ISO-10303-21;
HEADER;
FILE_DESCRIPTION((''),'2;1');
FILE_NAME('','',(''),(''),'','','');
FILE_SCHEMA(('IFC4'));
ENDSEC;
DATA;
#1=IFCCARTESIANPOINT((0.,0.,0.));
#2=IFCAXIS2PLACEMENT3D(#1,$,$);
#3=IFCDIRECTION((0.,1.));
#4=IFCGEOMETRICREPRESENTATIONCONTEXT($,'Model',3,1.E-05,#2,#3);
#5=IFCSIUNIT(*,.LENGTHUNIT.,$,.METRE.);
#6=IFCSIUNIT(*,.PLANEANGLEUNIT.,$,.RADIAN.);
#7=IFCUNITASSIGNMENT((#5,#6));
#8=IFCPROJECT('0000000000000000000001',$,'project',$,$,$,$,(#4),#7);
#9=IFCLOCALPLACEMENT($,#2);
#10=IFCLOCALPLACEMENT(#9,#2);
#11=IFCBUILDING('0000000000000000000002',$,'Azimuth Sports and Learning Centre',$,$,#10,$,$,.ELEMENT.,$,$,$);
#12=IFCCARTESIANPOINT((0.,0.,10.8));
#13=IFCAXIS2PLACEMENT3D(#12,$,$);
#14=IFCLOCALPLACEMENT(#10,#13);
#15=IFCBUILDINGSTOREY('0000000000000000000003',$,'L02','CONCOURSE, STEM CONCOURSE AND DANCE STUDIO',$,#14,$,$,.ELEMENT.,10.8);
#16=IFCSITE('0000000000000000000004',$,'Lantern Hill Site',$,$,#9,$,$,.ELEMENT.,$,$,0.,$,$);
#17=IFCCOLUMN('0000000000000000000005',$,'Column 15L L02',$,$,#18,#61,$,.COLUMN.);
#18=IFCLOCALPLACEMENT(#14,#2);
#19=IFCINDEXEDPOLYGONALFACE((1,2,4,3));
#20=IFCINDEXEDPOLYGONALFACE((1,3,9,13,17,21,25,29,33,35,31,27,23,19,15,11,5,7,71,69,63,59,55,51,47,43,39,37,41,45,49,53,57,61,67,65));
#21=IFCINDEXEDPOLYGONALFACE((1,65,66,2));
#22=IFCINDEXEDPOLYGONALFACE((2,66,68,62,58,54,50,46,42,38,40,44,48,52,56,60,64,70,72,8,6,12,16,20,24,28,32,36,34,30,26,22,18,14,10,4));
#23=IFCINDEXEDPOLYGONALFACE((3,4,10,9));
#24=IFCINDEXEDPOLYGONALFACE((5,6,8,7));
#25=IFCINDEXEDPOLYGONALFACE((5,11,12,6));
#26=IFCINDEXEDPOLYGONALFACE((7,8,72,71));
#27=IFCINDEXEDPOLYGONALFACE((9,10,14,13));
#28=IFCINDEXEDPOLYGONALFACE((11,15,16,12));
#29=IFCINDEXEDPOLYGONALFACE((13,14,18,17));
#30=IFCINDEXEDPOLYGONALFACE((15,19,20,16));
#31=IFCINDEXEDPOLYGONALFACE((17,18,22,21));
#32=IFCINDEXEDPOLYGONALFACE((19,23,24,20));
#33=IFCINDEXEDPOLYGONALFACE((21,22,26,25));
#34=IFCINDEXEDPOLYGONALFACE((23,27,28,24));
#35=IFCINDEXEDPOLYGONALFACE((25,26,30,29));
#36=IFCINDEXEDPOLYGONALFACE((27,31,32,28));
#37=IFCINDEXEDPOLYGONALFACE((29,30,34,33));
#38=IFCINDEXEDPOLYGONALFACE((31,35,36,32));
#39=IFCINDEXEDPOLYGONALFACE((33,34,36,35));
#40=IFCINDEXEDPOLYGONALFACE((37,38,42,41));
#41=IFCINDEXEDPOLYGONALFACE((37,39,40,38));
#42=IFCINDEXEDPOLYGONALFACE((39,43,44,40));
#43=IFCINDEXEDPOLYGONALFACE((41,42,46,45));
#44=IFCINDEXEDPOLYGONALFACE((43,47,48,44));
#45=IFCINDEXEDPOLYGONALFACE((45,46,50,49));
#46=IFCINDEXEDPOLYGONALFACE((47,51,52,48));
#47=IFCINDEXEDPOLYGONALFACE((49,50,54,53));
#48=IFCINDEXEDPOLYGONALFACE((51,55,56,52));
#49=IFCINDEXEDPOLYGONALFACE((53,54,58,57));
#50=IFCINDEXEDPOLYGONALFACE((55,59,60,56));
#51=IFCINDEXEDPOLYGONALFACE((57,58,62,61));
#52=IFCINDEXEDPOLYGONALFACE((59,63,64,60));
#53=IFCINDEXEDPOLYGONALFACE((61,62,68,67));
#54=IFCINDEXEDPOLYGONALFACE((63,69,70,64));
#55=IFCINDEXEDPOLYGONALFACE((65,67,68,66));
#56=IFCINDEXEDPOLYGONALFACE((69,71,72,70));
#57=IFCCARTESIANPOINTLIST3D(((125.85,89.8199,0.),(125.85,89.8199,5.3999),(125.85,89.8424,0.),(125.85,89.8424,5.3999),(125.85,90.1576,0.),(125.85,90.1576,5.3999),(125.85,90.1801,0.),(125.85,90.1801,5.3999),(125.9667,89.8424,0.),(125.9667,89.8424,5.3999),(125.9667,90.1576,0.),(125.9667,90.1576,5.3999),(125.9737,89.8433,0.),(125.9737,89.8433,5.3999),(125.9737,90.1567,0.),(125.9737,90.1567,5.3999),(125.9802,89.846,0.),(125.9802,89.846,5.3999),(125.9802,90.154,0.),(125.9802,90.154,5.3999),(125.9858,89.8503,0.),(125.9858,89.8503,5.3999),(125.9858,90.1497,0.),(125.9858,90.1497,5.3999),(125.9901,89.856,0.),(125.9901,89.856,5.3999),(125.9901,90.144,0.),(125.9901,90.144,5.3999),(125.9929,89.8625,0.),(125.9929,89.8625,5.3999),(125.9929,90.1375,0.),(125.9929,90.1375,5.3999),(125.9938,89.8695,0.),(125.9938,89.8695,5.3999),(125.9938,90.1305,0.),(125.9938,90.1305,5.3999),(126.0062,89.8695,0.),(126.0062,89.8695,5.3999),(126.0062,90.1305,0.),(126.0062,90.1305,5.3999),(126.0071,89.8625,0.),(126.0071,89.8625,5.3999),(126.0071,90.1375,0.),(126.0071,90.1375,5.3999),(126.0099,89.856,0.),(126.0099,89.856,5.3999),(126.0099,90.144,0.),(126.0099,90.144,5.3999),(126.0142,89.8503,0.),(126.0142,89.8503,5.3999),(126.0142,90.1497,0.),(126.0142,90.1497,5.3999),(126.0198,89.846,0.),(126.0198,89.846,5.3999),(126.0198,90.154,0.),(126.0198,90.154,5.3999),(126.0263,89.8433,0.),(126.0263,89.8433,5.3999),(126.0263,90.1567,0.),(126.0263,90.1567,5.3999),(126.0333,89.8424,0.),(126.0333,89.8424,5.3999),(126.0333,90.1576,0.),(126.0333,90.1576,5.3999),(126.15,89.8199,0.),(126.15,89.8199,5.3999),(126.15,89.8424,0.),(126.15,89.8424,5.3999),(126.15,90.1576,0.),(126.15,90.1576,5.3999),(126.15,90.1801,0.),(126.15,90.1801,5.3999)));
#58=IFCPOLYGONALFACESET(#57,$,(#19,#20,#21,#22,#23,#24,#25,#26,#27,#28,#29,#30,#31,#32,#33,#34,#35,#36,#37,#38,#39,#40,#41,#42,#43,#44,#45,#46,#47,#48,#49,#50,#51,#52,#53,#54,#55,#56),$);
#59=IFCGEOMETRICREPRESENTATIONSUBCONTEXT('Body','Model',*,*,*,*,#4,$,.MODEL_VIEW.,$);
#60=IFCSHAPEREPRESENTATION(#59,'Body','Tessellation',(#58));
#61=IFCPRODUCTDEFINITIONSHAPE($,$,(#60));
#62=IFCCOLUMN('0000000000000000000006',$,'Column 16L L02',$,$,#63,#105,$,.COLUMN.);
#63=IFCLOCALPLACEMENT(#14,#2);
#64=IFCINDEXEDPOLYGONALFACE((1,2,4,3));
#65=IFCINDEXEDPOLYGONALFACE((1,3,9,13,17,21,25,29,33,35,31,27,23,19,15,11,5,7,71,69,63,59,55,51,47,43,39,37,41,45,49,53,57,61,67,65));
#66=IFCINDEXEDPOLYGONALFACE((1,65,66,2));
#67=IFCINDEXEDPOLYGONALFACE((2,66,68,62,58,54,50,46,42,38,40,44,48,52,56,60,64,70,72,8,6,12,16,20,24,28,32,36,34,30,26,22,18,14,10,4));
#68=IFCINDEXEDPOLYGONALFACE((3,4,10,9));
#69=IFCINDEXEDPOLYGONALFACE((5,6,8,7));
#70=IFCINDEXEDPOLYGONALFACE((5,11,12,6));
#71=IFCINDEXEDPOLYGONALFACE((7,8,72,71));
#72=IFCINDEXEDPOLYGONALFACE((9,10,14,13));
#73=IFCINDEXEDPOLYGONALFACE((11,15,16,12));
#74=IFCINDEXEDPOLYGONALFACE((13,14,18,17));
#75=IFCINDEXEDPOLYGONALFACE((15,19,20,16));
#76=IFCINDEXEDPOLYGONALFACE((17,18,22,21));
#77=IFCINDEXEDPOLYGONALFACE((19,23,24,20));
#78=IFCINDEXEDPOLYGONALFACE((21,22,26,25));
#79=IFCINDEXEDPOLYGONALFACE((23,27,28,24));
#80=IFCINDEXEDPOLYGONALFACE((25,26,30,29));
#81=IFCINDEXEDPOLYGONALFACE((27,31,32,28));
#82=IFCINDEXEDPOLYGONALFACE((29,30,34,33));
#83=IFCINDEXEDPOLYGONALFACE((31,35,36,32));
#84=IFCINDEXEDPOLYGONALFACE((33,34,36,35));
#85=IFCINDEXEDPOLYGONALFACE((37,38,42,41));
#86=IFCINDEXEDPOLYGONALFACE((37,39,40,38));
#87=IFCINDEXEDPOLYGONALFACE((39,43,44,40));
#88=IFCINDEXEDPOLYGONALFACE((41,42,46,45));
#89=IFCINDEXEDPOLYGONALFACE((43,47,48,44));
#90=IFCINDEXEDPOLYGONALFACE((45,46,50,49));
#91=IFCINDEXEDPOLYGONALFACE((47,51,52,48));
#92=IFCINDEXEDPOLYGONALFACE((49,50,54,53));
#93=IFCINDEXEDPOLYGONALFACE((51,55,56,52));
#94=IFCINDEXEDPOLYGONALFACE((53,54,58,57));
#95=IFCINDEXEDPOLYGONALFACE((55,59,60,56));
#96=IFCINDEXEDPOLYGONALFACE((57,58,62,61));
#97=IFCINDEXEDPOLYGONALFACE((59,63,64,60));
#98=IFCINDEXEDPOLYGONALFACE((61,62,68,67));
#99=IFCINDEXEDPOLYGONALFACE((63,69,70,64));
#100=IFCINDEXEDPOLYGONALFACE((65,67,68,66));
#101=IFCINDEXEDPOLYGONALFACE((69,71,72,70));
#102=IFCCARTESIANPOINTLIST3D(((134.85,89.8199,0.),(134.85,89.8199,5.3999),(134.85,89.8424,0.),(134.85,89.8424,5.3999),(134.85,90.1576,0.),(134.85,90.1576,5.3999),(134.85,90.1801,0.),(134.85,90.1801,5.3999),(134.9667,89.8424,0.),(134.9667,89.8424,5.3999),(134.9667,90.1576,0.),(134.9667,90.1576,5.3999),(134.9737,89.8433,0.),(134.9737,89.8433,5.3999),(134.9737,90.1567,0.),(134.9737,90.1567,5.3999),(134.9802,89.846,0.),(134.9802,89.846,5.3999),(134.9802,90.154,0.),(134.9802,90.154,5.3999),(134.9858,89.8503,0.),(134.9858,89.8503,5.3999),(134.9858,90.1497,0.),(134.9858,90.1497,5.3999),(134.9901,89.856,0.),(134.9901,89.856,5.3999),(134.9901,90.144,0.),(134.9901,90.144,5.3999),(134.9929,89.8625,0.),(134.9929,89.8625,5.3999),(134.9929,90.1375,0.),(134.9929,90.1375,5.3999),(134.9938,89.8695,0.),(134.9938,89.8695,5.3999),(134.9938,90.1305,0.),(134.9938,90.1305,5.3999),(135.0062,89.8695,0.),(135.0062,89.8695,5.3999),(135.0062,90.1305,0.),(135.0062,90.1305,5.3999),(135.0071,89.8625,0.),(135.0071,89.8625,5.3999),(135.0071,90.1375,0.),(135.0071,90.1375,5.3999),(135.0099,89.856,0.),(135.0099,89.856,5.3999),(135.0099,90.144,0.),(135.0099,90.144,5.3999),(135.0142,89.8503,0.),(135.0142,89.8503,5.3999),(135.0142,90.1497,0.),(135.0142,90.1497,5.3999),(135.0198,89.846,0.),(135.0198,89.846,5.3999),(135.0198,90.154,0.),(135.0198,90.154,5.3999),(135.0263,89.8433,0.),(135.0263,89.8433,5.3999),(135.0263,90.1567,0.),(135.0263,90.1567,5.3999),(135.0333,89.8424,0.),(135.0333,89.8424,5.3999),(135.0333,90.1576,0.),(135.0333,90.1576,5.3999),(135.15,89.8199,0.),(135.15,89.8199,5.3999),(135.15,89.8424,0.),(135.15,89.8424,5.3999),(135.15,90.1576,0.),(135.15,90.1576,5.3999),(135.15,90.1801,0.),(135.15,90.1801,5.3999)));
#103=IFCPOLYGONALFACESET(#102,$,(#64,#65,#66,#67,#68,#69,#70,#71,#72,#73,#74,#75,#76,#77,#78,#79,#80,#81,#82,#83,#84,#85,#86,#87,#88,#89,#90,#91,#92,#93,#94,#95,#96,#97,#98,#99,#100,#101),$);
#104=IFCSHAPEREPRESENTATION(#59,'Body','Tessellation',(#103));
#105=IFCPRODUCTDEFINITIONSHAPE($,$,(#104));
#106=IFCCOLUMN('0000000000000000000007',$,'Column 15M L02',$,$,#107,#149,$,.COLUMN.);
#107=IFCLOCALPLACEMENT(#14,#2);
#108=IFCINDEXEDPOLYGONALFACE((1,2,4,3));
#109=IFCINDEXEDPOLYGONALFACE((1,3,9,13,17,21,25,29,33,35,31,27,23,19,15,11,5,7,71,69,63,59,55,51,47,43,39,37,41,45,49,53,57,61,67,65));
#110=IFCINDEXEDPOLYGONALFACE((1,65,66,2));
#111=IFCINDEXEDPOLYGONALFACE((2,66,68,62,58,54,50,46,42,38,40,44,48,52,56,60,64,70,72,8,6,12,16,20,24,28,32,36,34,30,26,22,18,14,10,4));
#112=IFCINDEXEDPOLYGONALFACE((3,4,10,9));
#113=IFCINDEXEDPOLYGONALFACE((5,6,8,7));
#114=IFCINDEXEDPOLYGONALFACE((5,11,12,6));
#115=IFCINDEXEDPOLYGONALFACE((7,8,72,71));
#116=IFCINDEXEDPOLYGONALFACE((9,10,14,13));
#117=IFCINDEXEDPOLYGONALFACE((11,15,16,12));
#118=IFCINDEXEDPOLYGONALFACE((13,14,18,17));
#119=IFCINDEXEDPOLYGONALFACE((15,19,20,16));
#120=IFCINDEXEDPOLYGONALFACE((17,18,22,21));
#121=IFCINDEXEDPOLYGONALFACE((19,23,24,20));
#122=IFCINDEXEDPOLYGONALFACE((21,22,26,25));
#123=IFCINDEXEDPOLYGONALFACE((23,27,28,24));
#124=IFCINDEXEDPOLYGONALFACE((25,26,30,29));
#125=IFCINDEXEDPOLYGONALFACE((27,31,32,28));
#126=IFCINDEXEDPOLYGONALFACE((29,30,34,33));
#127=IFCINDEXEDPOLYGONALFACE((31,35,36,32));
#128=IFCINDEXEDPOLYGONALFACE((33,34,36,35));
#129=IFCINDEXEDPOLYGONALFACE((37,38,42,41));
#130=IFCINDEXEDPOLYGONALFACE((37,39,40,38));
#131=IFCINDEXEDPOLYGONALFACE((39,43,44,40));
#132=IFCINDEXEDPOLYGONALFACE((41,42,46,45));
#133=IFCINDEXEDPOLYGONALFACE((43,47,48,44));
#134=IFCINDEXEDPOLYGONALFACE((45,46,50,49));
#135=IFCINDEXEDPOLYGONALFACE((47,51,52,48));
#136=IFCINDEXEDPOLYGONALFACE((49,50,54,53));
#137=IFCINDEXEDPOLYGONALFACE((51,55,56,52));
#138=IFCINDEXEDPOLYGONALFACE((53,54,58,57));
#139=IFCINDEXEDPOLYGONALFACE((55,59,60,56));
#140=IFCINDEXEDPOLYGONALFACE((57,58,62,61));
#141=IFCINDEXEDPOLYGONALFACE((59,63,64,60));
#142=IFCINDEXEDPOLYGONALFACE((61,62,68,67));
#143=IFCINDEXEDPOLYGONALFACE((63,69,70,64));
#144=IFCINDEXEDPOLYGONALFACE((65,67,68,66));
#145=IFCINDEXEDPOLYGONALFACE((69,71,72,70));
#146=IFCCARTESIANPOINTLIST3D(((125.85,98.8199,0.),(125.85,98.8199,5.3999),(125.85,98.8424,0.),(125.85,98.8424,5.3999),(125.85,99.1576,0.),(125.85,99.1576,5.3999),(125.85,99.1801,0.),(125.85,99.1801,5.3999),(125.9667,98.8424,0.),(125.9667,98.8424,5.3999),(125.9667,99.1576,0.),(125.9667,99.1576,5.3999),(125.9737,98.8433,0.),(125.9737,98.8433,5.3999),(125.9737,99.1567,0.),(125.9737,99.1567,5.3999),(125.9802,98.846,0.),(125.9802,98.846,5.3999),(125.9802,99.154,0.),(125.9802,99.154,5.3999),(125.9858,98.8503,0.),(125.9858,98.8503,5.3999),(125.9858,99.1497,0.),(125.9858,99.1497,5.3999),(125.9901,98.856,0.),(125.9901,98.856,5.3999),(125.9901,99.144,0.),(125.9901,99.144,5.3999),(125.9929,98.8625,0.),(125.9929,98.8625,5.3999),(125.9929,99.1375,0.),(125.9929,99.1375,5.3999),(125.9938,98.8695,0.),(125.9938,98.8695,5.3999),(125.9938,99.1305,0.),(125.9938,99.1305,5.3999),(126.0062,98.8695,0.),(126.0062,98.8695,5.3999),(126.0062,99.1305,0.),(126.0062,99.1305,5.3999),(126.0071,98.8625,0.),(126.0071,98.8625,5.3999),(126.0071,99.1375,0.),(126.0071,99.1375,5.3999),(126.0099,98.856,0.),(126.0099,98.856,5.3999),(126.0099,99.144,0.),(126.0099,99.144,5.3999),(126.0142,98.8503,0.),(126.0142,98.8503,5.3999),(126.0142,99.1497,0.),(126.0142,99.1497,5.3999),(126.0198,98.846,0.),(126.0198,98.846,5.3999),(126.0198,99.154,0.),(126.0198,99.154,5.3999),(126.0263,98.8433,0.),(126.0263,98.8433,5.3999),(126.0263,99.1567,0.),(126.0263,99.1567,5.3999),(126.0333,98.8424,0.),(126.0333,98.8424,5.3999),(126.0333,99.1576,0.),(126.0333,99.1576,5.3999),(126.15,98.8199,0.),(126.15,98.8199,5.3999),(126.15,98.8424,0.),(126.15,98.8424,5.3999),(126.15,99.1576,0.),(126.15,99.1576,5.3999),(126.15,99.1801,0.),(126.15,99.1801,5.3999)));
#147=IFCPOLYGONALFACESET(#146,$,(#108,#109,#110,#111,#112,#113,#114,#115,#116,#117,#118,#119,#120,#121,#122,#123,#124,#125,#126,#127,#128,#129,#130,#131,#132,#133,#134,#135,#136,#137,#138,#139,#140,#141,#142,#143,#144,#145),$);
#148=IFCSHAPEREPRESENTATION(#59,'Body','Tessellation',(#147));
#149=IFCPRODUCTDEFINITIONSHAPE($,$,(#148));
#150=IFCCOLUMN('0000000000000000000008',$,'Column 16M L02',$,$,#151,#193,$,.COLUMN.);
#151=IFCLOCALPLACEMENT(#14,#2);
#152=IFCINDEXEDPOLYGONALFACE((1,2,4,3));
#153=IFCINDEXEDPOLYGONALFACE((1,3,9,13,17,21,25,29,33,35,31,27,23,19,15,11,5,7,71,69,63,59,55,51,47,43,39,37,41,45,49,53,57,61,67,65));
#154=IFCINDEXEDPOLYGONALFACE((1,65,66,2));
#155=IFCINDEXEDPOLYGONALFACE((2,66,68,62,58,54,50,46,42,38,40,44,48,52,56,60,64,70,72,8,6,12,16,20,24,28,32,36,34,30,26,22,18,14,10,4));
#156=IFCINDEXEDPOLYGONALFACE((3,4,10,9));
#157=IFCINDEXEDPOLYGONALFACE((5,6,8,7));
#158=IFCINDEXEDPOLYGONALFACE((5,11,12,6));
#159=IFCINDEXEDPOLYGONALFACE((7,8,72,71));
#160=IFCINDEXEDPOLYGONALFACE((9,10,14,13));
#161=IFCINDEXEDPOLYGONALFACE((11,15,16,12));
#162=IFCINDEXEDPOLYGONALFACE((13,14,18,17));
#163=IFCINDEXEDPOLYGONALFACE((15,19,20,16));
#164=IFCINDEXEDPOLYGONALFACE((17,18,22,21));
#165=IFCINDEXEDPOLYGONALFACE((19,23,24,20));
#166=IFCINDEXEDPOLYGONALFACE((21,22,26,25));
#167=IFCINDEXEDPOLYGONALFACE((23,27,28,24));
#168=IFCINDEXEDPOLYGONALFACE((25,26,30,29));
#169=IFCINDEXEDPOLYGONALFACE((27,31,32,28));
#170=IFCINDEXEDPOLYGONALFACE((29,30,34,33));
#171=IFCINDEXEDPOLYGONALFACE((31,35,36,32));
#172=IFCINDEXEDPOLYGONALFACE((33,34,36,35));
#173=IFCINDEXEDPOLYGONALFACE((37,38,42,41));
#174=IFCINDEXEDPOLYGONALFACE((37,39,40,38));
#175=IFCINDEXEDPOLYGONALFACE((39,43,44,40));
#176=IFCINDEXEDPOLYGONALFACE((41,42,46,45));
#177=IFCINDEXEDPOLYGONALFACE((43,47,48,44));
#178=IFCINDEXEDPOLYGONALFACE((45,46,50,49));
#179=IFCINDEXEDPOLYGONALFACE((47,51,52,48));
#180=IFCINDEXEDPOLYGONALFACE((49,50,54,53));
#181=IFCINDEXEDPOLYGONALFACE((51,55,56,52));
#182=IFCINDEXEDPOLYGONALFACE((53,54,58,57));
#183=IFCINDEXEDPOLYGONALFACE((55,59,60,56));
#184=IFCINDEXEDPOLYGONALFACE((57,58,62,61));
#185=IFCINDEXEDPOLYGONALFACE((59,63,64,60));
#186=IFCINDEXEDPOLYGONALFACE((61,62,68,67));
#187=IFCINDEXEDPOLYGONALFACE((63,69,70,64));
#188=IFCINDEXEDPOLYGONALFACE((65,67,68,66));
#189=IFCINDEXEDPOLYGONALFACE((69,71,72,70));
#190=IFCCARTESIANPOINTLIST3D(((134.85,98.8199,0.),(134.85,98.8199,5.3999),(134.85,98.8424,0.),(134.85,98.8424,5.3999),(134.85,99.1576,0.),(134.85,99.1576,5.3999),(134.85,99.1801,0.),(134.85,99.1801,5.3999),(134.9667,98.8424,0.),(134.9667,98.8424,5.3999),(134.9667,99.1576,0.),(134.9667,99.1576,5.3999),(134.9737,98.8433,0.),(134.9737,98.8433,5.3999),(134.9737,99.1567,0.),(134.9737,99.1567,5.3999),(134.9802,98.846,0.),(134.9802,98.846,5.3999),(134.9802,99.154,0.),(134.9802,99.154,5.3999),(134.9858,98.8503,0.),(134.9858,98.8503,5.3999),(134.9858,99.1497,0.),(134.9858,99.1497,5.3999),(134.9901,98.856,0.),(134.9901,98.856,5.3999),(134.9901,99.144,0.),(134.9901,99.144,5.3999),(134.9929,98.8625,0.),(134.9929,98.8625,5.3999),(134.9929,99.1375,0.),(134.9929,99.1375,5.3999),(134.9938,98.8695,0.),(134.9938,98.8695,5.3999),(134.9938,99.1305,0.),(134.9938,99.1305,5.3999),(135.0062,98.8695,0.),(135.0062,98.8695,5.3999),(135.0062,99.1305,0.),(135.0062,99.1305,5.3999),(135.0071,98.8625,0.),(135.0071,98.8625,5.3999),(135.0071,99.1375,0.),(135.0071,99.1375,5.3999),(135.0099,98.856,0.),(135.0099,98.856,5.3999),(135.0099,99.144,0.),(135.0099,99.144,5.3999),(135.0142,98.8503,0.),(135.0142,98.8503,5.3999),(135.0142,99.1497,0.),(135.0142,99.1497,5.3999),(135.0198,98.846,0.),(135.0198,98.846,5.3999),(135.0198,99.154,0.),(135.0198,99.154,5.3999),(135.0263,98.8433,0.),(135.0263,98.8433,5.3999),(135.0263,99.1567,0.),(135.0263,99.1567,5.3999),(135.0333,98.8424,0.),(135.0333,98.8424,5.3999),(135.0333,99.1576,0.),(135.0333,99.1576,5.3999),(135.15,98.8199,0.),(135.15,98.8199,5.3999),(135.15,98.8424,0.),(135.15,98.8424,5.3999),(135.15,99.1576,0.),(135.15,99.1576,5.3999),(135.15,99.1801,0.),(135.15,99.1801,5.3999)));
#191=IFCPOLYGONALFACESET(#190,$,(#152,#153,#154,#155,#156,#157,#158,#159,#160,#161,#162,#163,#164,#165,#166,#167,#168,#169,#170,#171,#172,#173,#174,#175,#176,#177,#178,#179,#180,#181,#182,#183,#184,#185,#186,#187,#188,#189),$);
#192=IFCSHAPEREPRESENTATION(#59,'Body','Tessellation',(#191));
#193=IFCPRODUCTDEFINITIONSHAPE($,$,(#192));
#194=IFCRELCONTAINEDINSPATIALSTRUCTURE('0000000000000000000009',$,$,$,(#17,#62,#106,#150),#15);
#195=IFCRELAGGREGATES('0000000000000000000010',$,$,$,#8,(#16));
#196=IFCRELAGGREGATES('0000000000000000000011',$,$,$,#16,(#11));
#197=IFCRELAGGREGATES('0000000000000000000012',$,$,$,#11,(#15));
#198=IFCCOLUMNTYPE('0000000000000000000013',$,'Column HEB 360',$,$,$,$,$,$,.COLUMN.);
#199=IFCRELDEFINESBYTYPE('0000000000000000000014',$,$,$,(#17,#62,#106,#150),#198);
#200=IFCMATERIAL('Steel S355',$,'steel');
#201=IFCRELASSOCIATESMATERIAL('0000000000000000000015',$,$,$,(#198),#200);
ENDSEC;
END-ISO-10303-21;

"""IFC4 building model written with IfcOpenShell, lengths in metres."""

from ifc_helpers import new_model, si_unit, direction, frame, origin, origin_2d, place, context, subcontext, project, spatial, i_section, extrude, material, material_profile, profile_set, type_object, element, save


model = new_model("IFC4")

# Units and contexts
model_context = context("Model", 3, precision=1e-05, world=origin(), true_north=direction((0.0, 1.0)))
body_context = subcontext(model_context, "Body", "Model", "MODEL_VIEW")
ifc_project = project(units=[si_unit("LENGTHUNIT", "METRE"), si_unit("PLANEANGLEUNIT", "RADIAN")], contexts=[model_context])

# Site, building, storey
site_placement = place(None, origin())
site = spatial("IfcSite", under=ifc_project, at=site_placement, Name="Lantern Hill Site", CompositionType="ELEMENT", RefElevation=0.0)
building_placement = place(site_placement, origin())
building = spatial("IfcBuilding", under=site, at=building_placement, Name="Azimuth Sports and Learning Centre", CompositionType="ELEMENT")
storey_placement = place(building_placement, frame((0.0, 0.0, 10.8)))
storey = spatial("IfcBuildingStorey", under=building, at=storey_placement, Name="L02", Description="CONCOURSE, STEM CONCOURSE AND DANCE STUDIO", CompositionType="ELEMENT", Elevation=10.8)

# Columns
ifc_material_1 = material(Name="Steel S355", Category="steel")
ifc_material_profile_1 = material_profile(ifc_material_1, i_section(OverallWidth=0.3, OverallDepth=0.3601, WebThickness=0.0125, FlangeThickness=0.0225, FilletRadius=0.0271, at=origin_2d()), Name="HEB 360")
ifc_profile_set_1 = profile_set([ifc_material_profile_1], Name="Steel S355")
column_type = type_object("IfcColumnType", Name="Column HEB 360", PredefinedType="COLUMN", material=ifc_profile_set_1)
for number, where, z_axis, x_axis, name in (
    (1, (126.0, 90.0, 0.0), (0.0, 0.0, 1.0), (1.0, 0.0, 0.0), "Column 15L L02"),
    (2, (135.0, 90.0, 0.0), (0.0, 0.0, 1.0), (1.0, 0.0, 0.0), "Column 16L L02"),
    (3, (126.0, 99.0, 0.0), (0.0, 0.0, 1.0), (1.0, 0.0, 0.0), "Column 15M L02"),
    (4, (135.0, 99.0, 0.0), (0.0, 0.0, 1.0), (1.0, 0.0, 0.0), "Column 16M L02"),
):
    element("IfcColumn", number, at=place(storey_placement, frame(where, z_axis=z_axis, x_axis=x_axis)), inside=storey, type_object=column_type, Name=name, PredefinedType="COLUMN", context=body_context, shape_type="SweptSolid", body=[
        extrude(i_section(OverallWidth=0.3, OverallDepth=0.3601, WebThickness=0.0125, FlangeThickness=0.0225, FilletRadius=0.0271, at=origin_2d()), origin(), (0.0, 0.0, 1.0), 5.3999),
    ])

save(model, "model.ifc")
